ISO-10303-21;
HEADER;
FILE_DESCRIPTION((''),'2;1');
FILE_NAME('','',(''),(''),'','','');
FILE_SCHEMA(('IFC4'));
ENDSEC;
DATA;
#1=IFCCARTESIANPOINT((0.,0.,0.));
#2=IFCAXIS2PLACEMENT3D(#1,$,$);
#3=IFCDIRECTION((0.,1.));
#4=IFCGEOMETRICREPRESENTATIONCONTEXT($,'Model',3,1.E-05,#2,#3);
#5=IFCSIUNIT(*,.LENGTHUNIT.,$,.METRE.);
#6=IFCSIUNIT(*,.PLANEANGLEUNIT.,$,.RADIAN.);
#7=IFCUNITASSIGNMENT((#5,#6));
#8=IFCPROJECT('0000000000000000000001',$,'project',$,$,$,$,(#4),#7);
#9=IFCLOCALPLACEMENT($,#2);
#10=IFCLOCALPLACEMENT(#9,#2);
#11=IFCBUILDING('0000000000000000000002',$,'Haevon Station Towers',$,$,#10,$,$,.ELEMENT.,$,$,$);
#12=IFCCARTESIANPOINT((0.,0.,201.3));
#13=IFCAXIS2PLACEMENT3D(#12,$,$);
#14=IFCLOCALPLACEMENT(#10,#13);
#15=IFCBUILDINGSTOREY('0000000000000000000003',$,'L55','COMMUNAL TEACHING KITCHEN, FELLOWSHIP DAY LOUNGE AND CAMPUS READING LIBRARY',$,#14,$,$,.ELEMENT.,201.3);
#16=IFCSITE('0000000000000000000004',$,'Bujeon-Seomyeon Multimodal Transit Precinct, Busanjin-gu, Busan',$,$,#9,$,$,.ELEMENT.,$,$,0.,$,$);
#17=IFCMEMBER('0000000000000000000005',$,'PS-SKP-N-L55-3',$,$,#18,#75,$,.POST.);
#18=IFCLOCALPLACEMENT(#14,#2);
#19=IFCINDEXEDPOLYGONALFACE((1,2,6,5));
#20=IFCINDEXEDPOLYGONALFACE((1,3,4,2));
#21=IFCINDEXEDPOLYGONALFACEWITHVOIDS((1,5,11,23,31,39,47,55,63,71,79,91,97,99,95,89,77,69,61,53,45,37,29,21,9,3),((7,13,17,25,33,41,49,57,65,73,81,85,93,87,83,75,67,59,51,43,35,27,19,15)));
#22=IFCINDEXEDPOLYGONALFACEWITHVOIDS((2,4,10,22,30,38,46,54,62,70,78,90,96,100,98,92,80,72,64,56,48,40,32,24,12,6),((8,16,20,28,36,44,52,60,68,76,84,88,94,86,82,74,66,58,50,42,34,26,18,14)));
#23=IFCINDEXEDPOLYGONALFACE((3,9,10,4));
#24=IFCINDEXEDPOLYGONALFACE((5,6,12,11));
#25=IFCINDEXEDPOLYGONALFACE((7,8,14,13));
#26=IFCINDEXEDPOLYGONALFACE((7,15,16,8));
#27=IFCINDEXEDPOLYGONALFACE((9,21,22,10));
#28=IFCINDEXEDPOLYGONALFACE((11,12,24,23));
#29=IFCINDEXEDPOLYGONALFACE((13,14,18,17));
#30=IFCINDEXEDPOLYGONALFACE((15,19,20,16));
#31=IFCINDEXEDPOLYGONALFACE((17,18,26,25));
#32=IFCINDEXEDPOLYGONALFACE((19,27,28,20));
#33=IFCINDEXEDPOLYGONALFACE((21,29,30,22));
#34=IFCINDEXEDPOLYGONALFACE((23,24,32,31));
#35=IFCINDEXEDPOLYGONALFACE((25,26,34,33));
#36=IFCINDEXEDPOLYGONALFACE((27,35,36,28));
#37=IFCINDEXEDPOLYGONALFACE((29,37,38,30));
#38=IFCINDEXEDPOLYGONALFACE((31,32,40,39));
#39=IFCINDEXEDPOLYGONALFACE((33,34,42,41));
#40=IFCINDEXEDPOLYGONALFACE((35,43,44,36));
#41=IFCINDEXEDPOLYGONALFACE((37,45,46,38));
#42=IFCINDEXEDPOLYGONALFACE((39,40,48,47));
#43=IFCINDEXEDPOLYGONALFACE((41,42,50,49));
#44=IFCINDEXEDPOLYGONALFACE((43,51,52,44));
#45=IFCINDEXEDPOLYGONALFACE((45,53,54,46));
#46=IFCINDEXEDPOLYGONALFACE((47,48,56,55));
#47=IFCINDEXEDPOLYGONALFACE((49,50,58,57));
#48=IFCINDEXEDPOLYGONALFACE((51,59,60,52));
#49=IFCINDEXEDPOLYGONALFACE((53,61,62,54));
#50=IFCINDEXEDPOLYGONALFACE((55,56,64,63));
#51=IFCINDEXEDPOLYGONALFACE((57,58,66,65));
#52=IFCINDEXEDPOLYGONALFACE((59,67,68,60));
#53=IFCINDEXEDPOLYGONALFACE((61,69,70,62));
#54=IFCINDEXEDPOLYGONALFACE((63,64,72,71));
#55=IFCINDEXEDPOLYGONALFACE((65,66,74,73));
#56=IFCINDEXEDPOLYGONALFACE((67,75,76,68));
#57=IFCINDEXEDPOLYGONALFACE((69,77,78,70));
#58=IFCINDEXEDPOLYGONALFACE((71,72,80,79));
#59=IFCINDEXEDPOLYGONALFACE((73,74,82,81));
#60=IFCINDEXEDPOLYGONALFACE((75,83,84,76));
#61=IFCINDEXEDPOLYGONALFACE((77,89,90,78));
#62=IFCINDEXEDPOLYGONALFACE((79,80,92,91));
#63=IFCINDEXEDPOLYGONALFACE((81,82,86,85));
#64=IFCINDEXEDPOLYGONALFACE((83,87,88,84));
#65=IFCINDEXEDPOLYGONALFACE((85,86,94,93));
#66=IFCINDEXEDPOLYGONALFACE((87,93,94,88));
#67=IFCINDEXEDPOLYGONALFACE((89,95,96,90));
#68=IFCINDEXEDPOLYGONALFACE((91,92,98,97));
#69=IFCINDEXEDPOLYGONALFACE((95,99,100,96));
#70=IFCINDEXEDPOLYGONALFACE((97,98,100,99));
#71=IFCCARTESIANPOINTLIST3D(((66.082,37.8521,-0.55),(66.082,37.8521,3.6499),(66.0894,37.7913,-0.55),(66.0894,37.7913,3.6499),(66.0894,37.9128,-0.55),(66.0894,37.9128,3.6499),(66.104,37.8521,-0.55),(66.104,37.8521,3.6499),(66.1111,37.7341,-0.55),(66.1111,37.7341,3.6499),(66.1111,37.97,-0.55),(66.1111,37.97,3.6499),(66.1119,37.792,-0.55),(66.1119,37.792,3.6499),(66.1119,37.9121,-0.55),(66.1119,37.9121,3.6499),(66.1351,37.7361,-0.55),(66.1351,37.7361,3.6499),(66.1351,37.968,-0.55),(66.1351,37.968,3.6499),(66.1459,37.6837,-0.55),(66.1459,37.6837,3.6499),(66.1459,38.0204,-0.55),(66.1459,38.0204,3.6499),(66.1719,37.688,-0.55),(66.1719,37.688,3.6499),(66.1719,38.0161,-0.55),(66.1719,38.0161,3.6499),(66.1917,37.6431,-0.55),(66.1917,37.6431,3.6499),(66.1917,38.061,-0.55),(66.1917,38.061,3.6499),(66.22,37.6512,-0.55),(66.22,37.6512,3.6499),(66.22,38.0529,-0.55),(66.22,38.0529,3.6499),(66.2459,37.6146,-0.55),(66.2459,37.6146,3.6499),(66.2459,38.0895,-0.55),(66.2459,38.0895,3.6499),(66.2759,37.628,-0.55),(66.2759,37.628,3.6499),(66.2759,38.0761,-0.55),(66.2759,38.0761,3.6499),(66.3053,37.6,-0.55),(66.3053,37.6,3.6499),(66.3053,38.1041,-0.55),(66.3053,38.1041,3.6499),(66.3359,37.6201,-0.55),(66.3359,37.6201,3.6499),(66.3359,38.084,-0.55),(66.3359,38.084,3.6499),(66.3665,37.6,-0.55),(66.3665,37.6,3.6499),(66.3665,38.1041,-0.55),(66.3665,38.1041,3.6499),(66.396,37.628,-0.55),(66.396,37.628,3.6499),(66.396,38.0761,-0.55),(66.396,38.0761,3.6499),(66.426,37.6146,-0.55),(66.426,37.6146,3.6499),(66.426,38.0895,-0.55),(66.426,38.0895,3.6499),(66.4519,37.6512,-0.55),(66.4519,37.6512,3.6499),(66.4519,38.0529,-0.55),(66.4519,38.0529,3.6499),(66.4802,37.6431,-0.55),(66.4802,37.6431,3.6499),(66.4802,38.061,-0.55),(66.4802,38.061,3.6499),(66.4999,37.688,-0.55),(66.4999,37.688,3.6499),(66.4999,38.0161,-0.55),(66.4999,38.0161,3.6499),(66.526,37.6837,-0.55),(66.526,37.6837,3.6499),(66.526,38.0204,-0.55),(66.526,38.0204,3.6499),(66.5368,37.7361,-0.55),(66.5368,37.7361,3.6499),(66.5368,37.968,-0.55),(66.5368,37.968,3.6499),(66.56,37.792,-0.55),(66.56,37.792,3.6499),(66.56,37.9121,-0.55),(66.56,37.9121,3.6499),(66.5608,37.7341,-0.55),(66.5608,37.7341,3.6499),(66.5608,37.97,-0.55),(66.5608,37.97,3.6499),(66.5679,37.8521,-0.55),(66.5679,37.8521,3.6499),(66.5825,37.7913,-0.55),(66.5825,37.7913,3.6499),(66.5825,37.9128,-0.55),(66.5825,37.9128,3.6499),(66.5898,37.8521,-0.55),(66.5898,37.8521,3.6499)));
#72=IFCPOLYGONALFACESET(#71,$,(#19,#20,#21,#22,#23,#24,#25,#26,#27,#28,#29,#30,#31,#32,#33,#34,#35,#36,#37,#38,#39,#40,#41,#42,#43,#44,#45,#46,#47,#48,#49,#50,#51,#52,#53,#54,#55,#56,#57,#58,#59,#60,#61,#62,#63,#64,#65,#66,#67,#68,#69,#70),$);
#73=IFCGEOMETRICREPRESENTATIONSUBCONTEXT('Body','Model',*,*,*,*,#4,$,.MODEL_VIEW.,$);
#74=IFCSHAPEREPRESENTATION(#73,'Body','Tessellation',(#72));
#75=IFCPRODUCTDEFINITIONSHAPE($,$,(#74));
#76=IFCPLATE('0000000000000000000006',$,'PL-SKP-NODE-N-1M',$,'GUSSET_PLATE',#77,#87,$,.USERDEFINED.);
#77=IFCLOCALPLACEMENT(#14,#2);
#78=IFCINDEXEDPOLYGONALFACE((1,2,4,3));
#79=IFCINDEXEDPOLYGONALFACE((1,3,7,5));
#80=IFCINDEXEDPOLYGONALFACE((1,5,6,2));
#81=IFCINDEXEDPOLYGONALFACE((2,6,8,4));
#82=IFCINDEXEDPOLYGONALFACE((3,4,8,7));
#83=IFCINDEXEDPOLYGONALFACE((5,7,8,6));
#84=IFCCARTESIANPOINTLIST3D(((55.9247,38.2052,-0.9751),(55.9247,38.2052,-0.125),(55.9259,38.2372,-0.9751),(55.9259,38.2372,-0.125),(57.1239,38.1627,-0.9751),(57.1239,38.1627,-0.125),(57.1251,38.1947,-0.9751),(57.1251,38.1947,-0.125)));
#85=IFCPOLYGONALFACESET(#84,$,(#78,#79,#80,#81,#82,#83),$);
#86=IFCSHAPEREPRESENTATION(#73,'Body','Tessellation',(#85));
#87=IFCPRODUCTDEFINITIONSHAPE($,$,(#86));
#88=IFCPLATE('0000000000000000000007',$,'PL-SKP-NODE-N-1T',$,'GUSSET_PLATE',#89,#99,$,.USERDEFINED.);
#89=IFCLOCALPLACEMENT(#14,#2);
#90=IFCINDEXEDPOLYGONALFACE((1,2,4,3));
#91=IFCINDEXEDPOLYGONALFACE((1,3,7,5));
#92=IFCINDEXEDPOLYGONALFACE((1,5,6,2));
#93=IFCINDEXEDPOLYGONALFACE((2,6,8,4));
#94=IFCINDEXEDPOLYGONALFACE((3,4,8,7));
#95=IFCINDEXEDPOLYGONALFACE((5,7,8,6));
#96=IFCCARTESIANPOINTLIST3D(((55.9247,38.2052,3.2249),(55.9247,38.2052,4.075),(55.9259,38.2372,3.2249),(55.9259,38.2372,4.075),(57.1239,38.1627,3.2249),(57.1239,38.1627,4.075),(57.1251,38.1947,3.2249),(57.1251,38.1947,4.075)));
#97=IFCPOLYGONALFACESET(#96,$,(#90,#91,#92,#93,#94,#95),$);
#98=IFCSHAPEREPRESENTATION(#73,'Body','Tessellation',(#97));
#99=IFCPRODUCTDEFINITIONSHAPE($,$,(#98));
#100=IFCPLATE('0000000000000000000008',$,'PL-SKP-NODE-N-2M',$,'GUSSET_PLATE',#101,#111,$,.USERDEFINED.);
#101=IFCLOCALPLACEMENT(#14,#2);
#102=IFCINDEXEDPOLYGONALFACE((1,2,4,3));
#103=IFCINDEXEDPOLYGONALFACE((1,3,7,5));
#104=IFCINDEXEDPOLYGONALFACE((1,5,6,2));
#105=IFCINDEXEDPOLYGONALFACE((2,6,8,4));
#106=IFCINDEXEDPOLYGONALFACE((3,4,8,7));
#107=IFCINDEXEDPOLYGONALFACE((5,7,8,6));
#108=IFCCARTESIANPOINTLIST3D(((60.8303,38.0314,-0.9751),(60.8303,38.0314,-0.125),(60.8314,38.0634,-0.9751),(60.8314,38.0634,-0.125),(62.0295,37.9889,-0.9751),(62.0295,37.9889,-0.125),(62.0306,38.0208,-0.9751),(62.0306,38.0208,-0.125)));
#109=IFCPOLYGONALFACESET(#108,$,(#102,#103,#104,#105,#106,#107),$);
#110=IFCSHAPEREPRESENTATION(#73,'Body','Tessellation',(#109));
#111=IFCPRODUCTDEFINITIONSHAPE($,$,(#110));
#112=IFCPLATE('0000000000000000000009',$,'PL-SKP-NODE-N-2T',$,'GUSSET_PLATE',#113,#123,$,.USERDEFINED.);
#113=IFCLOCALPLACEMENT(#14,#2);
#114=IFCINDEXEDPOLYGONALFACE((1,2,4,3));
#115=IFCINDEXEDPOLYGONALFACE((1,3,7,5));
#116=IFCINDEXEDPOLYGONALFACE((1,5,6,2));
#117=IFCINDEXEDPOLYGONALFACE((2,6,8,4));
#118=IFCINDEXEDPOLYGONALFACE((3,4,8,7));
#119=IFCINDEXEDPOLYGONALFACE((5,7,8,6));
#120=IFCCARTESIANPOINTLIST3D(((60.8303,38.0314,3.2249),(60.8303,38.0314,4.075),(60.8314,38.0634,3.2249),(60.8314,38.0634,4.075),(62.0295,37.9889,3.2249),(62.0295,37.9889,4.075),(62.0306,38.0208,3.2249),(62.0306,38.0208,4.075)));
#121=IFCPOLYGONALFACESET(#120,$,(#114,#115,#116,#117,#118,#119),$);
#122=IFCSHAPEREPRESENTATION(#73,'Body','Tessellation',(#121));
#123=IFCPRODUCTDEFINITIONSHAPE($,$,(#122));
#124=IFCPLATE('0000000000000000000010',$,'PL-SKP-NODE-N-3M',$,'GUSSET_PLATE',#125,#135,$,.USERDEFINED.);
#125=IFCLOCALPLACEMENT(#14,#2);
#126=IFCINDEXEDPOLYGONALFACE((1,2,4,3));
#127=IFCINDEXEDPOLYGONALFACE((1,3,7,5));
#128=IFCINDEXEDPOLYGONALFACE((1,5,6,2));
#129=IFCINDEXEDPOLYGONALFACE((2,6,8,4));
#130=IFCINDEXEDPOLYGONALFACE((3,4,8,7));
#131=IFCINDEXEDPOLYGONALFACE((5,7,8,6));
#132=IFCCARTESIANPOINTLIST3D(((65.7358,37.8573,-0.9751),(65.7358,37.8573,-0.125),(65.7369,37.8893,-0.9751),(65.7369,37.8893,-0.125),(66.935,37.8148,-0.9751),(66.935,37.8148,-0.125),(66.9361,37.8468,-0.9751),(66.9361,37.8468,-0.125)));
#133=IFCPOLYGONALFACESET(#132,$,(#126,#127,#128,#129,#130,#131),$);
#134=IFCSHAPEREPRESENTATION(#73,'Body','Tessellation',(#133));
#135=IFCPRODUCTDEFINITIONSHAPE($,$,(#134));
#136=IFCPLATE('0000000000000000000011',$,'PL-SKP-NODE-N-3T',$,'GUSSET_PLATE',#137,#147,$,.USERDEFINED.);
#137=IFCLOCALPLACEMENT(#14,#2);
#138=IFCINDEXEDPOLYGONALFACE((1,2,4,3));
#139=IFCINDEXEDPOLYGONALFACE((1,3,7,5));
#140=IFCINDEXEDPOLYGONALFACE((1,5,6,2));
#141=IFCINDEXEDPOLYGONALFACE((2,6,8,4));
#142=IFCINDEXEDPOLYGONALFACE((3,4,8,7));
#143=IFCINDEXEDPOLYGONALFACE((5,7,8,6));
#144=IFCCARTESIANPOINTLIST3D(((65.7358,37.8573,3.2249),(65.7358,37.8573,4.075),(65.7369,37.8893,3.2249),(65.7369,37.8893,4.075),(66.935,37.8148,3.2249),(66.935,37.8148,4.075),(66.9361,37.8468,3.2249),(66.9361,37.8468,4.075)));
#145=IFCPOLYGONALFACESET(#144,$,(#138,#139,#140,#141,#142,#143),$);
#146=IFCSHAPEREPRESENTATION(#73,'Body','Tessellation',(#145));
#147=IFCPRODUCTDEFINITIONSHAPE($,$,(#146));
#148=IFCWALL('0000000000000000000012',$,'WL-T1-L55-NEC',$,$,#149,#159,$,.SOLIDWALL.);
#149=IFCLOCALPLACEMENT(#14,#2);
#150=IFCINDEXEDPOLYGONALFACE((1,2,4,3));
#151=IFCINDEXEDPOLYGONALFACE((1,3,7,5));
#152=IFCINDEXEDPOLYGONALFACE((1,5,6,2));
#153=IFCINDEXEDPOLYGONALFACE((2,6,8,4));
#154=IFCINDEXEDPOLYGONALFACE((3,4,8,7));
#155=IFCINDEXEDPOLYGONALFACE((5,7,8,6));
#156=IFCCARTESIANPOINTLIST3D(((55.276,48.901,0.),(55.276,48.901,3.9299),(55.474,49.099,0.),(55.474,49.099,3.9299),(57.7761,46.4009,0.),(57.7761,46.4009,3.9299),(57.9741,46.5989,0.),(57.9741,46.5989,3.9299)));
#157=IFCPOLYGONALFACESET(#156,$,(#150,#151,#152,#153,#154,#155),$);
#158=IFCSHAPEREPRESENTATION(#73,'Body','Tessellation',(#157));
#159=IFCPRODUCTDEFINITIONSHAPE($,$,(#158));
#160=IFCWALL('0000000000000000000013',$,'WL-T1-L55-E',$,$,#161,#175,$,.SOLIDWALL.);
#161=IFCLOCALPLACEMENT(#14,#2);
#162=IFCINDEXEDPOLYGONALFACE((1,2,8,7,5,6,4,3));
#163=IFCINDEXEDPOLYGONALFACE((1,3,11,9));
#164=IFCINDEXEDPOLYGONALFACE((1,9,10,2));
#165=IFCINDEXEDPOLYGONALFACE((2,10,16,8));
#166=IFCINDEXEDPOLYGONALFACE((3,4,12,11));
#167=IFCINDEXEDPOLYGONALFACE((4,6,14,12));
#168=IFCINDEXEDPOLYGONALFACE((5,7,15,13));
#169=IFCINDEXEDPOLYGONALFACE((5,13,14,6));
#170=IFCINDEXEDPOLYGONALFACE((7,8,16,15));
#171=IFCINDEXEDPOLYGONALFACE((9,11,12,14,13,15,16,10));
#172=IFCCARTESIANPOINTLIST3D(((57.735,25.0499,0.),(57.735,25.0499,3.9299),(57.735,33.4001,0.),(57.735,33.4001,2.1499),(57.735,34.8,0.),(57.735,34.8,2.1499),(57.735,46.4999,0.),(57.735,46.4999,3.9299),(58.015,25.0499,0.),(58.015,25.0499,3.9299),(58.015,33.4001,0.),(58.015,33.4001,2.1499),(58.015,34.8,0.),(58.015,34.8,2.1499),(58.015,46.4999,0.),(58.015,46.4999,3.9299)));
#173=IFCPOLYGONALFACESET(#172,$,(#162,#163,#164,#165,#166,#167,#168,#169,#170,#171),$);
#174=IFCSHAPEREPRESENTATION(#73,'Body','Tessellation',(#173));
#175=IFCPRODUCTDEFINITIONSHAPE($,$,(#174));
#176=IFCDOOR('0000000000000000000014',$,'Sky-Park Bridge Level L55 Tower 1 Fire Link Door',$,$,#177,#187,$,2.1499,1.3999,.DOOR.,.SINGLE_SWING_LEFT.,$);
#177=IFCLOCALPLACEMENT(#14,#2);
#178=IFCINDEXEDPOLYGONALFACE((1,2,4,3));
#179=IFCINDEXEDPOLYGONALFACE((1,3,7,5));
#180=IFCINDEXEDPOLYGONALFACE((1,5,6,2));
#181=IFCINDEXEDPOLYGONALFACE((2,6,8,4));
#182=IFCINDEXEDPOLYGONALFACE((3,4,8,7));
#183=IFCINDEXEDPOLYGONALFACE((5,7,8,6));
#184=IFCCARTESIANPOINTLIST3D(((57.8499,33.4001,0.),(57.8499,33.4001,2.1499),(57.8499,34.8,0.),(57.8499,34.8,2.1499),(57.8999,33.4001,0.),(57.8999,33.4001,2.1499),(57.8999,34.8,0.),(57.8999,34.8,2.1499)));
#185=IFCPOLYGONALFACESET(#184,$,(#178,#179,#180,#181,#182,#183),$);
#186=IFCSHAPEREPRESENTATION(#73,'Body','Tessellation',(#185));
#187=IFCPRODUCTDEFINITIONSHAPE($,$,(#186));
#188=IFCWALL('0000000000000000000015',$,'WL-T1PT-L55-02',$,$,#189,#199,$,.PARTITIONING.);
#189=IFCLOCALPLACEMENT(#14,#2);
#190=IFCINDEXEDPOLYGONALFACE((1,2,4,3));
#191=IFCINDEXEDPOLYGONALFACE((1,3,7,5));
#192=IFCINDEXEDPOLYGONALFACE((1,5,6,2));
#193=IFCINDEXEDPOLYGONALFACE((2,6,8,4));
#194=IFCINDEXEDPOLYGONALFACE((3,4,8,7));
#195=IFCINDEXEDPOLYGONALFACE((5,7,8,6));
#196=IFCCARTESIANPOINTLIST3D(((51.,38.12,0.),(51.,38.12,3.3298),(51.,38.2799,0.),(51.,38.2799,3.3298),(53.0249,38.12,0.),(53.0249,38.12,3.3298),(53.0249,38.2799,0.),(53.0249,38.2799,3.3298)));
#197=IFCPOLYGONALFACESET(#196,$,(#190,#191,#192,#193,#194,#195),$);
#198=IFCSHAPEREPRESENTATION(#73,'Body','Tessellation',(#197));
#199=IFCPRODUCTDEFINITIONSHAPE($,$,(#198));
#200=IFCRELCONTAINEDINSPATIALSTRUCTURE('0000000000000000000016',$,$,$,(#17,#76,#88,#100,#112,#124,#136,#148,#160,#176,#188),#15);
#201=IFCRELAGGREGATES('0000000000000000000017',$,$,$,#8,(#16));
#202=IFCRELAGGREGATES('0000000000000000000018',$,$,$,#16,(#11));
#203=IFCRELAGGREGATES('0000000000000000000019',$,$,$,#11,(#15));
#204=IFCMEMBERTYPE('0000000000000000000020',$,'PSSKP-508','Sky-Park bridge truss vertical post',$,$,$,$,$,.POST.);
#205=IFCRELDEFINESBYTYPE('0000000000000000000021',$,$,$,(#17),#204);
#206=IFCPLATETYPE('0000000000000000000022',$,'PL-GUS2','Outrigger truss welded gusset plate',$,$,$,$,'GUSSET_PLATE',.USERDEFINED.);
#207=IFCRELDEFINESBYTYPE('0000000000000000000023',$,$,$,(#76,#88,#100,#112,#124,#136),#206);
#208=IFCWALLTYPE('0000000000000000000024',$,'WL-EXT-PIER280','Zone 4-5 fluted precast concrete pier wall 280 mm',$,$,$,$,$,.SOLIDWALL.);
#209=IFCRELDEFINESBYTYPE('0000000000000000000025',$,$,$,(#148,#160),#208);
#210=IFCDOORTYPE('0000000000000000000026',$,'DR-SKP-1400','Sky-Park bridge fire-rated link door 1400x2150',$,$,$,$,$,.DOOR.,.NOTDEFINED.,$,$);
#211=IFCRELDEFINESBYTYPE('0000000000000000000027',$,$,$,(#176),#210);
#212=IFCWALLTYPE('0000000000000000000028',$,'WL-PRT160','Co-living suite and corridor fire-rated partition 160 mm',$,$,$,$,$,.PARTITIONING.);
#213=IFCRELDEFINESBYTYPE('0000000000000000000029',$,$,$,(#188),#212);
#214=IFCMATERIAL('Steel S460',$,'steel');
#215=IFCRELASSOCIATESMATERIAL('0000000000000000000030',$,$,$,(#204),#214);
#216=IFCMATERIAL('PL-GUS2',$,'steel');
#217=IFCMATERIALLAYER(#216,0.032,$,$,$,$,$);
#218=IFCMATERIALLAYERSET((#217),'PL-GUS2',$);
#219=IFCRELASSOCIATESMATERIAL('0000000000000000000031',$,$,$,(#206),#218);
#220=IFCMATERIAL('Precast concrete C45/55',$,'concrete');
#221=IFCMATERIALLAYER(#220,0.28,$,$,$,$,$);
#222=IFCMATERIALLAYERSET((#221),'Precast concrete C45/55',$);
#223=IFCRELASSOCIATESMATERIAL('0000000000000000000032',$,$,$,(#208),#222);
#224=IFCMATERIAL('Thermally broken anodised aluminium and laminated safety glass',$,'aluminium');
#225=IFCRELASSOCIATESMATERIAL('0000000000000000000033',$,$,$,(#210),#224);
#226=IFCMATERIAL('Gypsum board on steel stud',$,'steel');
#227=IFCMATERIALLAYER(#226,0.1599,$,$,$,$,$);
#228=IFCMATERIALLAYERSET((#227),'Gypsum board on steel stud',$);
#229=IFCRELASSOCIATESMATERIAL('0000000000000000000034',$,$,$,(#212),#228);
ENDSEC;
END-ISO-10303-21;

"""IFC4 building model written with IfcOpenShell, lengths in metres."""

from ifc_helpers import new_model, si_unit, direction, frame, frame_2d, origin, origin_2d, place, context, subcontext, project, spatial, rectangle, hollow_circle, extrude, material, layer, layer_set, material_profile, profile_set, type_object, element, fill, save


model = new_model("IFC4")

# Units and contexts
model_context = context("Model", 3, precision=1e-05, world=origin(), true_north=direction((0.0, 1.0)))
body_context = subcontext(model_context, "Body", "Model", "MODEL_VIEW")
ifc_project = project(units=[si_unit("LENGTHUNIT", "METRE"), si_unit("PLANEANGLEUNIT", "RADIAN")], contexts=[model_context])

# Site, building, storey
site_placement = place(None, origin())
site = spatial("IfcSite", under=ifc_project, at=site_placement, Name="Bujeon-Seomyeon Multimodal Transit Precinct, Busanjin-gu, Busan", CompositionType="ELEMENT", RefElevation=0.0)
building_placement = place(site_placement, origin())
building = spatial("IfcBuilding", under=site, at=building_placement, Name="Haevon Station Towers", CompositionType="ELEMENT")
storey_placement = place(building_placement, frame((0.0, 0.0, 201.3)))
storey = spatial("IfcBuildingStorey", under=building, at=storey_placement, Name="L55", Description="COMMUNAL TEACHING KITCHEN, FELLOWSHIP DAY LOUNGE AND CAMPUS READING LIBRARY", CompositionType="ELEMENT", Elevation=201.3)

# Shared definitions
ifc_material_1 = material(Name="Steel S460", Category="steel")

# Member
ifc_material_profile_1 = material_profile(ifc_material_1, hollow_circle(Radius=0.2539, WallThickness=0.022, at=origin_2d()), Name="CHS-508x22")
ifc_profile_set_1 = profile_set([ifc_material_profile_1], Name="Steel S460")
member_type_1 = type_object("IfcMemberType", Name="PSSKP-508", Description="Sky-Park bridge truss vertical post", PredefinedType="POST", material=ifc_profile_set_1)
for number, where, z_axis, x_axis, name in (
    (1, (66.3359, 37.8521, -0.55), (0.0, 0.0, 1.0), (1.0, 0.0, 0.0), "PS-SKP-N-L55-3"),
):
    element("IfcMember", number, at=place(storey_placement, frame(where, z_axis=z_axis, x_axis=x_axis)), inside=storey, type_object=member_type_1, Name=name, PredefinedType="POST", context=body_context, shape_type="SweptSolid", body=[
        extrude(hollow_circle(Radius=0.2539, WallThickness=0.022, at=origin_2d()), origin(), (0.0, 0.0, 1.0), 4.2),
    ])

# Plates
ifc_material_2 = material(Name="PL-GUS2", Category="steel")
ifc_layer_1 = layer(ifc_material_2, 0.032)
ifc_layer_set_1 = layer_set([ifc_layer_1], Name="PL-GUS2")
plate_type = type_object("IfcPlateType", Name="PL-GUS2", Description="Outrigger truss welded gusset plate", ElementType="GUSSET_PLATE", PredefinedType="USERDEFINED", material=ifc_layer_set_1)
for number, where, z_axis, x_axis, name in (
    (2, (56.5249, 38.2, -0.9751), (0.0, 0.0, 1.0), (0.999372, -0.03544, 0.0), "PL-SKP-NODE-N-1M"),
    (3, (56.5249, 38.2, 3.2249), (0.0, 0.0, 1.0), (0.999372, -0.03544, 0.0), "PL-SKP-NODE-N-1T"),
    (4, (61.4304, 38.0261, -0.9751), (0.0, 0.0, 1.0), (0.999372, -0.03544, 0.0), "PL-SKP-NODE-N-2M"),
    (5, (61.4304, 38.0261, 3.2249), (0.0, 0.0, 1.0), (0.999372, -0.03544, 0.0), "PL-SKP-NODE-N-2T"),
    (6, (66.3359, 37.8521, -0.9751), (0.0, 0.0, 1.0), (0.999372, -0.03544, 0.0), "PL-SKP-NODE-N-3M"),
    (7, (66.3359, 37.8521, 3.2249), (0.0, 0.0, 1.0), (0.999372, -0.03544, 0.0), "PL-SKP-NODE-N-3T"),
):
    element("IfcPlate", number, at=place(storey_placement, frame(where, z_axis=z_axis, x_axis=x_axis)), inside=storey, type_object=plate_type, Name=name, ObjectType="GUSSET_PLATE", PredefinedType="USERDEFINED", context=body_context, shape_type="SweptSolid", body=[
        extrude(rectangle(XDim=1.2, YDim=0.032, at=origin_2d()), origin(), (0.0, 0.0, 1.0), 0.8501),
    ])

# Wall
ifc_material_3 = material(Name="Precast concrete C45/55", Category="concrete")
ifc_layer_2 = layer(ifc_material_3, 0.28)
ifc_layer_set_2 = layer_set([ifc_layer_2], Name="Precast concrete C45/55")
wall_type_1 = type_object("IfcWallType", Name="WL-EXT-PIER280", Description="Zone 4-5 fluted precast concrete pier wall 280 mm", PredefinedType="SOLIDWALL", material=ifc_layer_set_2)
wall_1_placement = place(storey_placement, frame((55.375, 49.0, 0.0), z_axis=(0.0, 0.0, 1.0), x_axis=(0.707107, -0.707107, 0.0)))
element("IfcWall", 8, at=wall_1_placement, inside=storey, type_object=wall_type_1, Name="WL-T1-L55-NEC", PredefinedType="SOLIDWALL", context=body_context, shape_type="SweptSolid", body=[
    extrude(rectangle(XDim=3.5356, YDim=0.28, at=frame_2d((1.7678, 0.0))), origin(), (0.0, 0.0, 1.0), 3.9299),
])

# Wall, opening, door
wall_2_placement = place(storey_placement, frame((57.875, 46.5, 0.0), z_axis=(0.0, 0.0, 1.0), x_axis=(0.0, -1.0, 0.0)))
wall_2 = element("IfcWall", 9, at=wall_2_placement, inside=storey, type_object=wall_type_1, Name="WL-T1-L55-E", PredefinedType="SOLIDWALL", context=body_context, shape_type="SweptSolid", body=[
    extrude(rectangle(XDim=21.45, YDim=0.28, at=frame_2d((10.7251, 0.0))), origin(), (0.0, 0.0, 1.0), 3.9299),
])
opening_placement = place(wall_2_placement, frame((11.7, 0.0, 0.0)))
opening = element("IfcOpeningElement", 10, at=opening_placement, cuts=wall_2, PredefinedType="OPENING", context=body_context, shape_type="SweptSolid", body=[
    extrude(rectangle(XDim=1.3999, YDim=2.1499, at=frame_2d((0.7, 1.075))), frame((0.0, 0.1499, 0.0), z_axis=(0.0, -1.0, 0.0), x_axis=(1.0, 0.0, 0.0)), (0.0, 0.0, 1.0), 0.3),
])
ifc_material_4 = material(Name="Thermally broken anodised aluminium and laminated safety glass", Category="aluminium")
door_type = type_object("IfcDoorType", Name="DR-SKP-1400", Description="Sky-Park bridge fire-rated link door 1400x2150", OperationType="NOTDEFINED", PredefinedType="DOOR", material=ifc_material_4)
door_placement = place(opening_placement, origin())
door = element("IfcDoor", 11, at=door_placement, inside=storey, type_object=door_type, Name="Sky-Park Bridge Level L55 Tower 1 Fire Link Door", OperationType="SINGLE_SWING_LEFT", OverallHeight=2.1499, OverallWidth=1.3999, PredefinedType="DOOR", context=body_context, shape_type="SweptSolid", body=[
    extrude(rectangle(XDim=1.3999, YDim=2.1499, at=frame_2d((0.7, 1.075))), frame((0.0, 0.0249, 0.0), z_axis=(0.0, -1.0, 0.0), x_axis=(1.0, 0.0, 0.0)), (0.0, 0.0, 1.0), 0.05),
])
fill(opening, door)

# Wall
ifc_material_5 = material(Name="Gypsum board on steel stud", Category="steel")
ifc_layer_3 = layer(ifc_material_5, 0.1599)
ifc_layer_set_3 = layer_set([ifc_layer_3], Name="Gypsum board on steel stud")
wall_type_2 = type_object("IfcWallType", Name="WL-PRT160", Description="Co-living suite and corridor fire-rated partition 160 mm", PredefinedType="PARTITIONING", material=ifc_layer_set_3)
wall_3_placement = place(storey_placement, frame((51.0, 38.2, 0.0), z_axis=(0.0, 0.0, 1.0), x_axis=(1.0, 0.0, 0.0)))
element("IfcWall", 12, at=wall_3_placement, inside=storey, type_object=wall_type_2, Name="WL-T1PT-L55-02", PredefinedType="PARTITIONING", context=body_context, shape_type="SweptSolid", body=[
    extrude(rectangle(XDim=2.0249, YDim=0.1599, at=frame_2d((1.0125, 0.0))), origin(), (0.0, 0.0, 1.0), 3.3298),
])

save(model, "model.ifc")
